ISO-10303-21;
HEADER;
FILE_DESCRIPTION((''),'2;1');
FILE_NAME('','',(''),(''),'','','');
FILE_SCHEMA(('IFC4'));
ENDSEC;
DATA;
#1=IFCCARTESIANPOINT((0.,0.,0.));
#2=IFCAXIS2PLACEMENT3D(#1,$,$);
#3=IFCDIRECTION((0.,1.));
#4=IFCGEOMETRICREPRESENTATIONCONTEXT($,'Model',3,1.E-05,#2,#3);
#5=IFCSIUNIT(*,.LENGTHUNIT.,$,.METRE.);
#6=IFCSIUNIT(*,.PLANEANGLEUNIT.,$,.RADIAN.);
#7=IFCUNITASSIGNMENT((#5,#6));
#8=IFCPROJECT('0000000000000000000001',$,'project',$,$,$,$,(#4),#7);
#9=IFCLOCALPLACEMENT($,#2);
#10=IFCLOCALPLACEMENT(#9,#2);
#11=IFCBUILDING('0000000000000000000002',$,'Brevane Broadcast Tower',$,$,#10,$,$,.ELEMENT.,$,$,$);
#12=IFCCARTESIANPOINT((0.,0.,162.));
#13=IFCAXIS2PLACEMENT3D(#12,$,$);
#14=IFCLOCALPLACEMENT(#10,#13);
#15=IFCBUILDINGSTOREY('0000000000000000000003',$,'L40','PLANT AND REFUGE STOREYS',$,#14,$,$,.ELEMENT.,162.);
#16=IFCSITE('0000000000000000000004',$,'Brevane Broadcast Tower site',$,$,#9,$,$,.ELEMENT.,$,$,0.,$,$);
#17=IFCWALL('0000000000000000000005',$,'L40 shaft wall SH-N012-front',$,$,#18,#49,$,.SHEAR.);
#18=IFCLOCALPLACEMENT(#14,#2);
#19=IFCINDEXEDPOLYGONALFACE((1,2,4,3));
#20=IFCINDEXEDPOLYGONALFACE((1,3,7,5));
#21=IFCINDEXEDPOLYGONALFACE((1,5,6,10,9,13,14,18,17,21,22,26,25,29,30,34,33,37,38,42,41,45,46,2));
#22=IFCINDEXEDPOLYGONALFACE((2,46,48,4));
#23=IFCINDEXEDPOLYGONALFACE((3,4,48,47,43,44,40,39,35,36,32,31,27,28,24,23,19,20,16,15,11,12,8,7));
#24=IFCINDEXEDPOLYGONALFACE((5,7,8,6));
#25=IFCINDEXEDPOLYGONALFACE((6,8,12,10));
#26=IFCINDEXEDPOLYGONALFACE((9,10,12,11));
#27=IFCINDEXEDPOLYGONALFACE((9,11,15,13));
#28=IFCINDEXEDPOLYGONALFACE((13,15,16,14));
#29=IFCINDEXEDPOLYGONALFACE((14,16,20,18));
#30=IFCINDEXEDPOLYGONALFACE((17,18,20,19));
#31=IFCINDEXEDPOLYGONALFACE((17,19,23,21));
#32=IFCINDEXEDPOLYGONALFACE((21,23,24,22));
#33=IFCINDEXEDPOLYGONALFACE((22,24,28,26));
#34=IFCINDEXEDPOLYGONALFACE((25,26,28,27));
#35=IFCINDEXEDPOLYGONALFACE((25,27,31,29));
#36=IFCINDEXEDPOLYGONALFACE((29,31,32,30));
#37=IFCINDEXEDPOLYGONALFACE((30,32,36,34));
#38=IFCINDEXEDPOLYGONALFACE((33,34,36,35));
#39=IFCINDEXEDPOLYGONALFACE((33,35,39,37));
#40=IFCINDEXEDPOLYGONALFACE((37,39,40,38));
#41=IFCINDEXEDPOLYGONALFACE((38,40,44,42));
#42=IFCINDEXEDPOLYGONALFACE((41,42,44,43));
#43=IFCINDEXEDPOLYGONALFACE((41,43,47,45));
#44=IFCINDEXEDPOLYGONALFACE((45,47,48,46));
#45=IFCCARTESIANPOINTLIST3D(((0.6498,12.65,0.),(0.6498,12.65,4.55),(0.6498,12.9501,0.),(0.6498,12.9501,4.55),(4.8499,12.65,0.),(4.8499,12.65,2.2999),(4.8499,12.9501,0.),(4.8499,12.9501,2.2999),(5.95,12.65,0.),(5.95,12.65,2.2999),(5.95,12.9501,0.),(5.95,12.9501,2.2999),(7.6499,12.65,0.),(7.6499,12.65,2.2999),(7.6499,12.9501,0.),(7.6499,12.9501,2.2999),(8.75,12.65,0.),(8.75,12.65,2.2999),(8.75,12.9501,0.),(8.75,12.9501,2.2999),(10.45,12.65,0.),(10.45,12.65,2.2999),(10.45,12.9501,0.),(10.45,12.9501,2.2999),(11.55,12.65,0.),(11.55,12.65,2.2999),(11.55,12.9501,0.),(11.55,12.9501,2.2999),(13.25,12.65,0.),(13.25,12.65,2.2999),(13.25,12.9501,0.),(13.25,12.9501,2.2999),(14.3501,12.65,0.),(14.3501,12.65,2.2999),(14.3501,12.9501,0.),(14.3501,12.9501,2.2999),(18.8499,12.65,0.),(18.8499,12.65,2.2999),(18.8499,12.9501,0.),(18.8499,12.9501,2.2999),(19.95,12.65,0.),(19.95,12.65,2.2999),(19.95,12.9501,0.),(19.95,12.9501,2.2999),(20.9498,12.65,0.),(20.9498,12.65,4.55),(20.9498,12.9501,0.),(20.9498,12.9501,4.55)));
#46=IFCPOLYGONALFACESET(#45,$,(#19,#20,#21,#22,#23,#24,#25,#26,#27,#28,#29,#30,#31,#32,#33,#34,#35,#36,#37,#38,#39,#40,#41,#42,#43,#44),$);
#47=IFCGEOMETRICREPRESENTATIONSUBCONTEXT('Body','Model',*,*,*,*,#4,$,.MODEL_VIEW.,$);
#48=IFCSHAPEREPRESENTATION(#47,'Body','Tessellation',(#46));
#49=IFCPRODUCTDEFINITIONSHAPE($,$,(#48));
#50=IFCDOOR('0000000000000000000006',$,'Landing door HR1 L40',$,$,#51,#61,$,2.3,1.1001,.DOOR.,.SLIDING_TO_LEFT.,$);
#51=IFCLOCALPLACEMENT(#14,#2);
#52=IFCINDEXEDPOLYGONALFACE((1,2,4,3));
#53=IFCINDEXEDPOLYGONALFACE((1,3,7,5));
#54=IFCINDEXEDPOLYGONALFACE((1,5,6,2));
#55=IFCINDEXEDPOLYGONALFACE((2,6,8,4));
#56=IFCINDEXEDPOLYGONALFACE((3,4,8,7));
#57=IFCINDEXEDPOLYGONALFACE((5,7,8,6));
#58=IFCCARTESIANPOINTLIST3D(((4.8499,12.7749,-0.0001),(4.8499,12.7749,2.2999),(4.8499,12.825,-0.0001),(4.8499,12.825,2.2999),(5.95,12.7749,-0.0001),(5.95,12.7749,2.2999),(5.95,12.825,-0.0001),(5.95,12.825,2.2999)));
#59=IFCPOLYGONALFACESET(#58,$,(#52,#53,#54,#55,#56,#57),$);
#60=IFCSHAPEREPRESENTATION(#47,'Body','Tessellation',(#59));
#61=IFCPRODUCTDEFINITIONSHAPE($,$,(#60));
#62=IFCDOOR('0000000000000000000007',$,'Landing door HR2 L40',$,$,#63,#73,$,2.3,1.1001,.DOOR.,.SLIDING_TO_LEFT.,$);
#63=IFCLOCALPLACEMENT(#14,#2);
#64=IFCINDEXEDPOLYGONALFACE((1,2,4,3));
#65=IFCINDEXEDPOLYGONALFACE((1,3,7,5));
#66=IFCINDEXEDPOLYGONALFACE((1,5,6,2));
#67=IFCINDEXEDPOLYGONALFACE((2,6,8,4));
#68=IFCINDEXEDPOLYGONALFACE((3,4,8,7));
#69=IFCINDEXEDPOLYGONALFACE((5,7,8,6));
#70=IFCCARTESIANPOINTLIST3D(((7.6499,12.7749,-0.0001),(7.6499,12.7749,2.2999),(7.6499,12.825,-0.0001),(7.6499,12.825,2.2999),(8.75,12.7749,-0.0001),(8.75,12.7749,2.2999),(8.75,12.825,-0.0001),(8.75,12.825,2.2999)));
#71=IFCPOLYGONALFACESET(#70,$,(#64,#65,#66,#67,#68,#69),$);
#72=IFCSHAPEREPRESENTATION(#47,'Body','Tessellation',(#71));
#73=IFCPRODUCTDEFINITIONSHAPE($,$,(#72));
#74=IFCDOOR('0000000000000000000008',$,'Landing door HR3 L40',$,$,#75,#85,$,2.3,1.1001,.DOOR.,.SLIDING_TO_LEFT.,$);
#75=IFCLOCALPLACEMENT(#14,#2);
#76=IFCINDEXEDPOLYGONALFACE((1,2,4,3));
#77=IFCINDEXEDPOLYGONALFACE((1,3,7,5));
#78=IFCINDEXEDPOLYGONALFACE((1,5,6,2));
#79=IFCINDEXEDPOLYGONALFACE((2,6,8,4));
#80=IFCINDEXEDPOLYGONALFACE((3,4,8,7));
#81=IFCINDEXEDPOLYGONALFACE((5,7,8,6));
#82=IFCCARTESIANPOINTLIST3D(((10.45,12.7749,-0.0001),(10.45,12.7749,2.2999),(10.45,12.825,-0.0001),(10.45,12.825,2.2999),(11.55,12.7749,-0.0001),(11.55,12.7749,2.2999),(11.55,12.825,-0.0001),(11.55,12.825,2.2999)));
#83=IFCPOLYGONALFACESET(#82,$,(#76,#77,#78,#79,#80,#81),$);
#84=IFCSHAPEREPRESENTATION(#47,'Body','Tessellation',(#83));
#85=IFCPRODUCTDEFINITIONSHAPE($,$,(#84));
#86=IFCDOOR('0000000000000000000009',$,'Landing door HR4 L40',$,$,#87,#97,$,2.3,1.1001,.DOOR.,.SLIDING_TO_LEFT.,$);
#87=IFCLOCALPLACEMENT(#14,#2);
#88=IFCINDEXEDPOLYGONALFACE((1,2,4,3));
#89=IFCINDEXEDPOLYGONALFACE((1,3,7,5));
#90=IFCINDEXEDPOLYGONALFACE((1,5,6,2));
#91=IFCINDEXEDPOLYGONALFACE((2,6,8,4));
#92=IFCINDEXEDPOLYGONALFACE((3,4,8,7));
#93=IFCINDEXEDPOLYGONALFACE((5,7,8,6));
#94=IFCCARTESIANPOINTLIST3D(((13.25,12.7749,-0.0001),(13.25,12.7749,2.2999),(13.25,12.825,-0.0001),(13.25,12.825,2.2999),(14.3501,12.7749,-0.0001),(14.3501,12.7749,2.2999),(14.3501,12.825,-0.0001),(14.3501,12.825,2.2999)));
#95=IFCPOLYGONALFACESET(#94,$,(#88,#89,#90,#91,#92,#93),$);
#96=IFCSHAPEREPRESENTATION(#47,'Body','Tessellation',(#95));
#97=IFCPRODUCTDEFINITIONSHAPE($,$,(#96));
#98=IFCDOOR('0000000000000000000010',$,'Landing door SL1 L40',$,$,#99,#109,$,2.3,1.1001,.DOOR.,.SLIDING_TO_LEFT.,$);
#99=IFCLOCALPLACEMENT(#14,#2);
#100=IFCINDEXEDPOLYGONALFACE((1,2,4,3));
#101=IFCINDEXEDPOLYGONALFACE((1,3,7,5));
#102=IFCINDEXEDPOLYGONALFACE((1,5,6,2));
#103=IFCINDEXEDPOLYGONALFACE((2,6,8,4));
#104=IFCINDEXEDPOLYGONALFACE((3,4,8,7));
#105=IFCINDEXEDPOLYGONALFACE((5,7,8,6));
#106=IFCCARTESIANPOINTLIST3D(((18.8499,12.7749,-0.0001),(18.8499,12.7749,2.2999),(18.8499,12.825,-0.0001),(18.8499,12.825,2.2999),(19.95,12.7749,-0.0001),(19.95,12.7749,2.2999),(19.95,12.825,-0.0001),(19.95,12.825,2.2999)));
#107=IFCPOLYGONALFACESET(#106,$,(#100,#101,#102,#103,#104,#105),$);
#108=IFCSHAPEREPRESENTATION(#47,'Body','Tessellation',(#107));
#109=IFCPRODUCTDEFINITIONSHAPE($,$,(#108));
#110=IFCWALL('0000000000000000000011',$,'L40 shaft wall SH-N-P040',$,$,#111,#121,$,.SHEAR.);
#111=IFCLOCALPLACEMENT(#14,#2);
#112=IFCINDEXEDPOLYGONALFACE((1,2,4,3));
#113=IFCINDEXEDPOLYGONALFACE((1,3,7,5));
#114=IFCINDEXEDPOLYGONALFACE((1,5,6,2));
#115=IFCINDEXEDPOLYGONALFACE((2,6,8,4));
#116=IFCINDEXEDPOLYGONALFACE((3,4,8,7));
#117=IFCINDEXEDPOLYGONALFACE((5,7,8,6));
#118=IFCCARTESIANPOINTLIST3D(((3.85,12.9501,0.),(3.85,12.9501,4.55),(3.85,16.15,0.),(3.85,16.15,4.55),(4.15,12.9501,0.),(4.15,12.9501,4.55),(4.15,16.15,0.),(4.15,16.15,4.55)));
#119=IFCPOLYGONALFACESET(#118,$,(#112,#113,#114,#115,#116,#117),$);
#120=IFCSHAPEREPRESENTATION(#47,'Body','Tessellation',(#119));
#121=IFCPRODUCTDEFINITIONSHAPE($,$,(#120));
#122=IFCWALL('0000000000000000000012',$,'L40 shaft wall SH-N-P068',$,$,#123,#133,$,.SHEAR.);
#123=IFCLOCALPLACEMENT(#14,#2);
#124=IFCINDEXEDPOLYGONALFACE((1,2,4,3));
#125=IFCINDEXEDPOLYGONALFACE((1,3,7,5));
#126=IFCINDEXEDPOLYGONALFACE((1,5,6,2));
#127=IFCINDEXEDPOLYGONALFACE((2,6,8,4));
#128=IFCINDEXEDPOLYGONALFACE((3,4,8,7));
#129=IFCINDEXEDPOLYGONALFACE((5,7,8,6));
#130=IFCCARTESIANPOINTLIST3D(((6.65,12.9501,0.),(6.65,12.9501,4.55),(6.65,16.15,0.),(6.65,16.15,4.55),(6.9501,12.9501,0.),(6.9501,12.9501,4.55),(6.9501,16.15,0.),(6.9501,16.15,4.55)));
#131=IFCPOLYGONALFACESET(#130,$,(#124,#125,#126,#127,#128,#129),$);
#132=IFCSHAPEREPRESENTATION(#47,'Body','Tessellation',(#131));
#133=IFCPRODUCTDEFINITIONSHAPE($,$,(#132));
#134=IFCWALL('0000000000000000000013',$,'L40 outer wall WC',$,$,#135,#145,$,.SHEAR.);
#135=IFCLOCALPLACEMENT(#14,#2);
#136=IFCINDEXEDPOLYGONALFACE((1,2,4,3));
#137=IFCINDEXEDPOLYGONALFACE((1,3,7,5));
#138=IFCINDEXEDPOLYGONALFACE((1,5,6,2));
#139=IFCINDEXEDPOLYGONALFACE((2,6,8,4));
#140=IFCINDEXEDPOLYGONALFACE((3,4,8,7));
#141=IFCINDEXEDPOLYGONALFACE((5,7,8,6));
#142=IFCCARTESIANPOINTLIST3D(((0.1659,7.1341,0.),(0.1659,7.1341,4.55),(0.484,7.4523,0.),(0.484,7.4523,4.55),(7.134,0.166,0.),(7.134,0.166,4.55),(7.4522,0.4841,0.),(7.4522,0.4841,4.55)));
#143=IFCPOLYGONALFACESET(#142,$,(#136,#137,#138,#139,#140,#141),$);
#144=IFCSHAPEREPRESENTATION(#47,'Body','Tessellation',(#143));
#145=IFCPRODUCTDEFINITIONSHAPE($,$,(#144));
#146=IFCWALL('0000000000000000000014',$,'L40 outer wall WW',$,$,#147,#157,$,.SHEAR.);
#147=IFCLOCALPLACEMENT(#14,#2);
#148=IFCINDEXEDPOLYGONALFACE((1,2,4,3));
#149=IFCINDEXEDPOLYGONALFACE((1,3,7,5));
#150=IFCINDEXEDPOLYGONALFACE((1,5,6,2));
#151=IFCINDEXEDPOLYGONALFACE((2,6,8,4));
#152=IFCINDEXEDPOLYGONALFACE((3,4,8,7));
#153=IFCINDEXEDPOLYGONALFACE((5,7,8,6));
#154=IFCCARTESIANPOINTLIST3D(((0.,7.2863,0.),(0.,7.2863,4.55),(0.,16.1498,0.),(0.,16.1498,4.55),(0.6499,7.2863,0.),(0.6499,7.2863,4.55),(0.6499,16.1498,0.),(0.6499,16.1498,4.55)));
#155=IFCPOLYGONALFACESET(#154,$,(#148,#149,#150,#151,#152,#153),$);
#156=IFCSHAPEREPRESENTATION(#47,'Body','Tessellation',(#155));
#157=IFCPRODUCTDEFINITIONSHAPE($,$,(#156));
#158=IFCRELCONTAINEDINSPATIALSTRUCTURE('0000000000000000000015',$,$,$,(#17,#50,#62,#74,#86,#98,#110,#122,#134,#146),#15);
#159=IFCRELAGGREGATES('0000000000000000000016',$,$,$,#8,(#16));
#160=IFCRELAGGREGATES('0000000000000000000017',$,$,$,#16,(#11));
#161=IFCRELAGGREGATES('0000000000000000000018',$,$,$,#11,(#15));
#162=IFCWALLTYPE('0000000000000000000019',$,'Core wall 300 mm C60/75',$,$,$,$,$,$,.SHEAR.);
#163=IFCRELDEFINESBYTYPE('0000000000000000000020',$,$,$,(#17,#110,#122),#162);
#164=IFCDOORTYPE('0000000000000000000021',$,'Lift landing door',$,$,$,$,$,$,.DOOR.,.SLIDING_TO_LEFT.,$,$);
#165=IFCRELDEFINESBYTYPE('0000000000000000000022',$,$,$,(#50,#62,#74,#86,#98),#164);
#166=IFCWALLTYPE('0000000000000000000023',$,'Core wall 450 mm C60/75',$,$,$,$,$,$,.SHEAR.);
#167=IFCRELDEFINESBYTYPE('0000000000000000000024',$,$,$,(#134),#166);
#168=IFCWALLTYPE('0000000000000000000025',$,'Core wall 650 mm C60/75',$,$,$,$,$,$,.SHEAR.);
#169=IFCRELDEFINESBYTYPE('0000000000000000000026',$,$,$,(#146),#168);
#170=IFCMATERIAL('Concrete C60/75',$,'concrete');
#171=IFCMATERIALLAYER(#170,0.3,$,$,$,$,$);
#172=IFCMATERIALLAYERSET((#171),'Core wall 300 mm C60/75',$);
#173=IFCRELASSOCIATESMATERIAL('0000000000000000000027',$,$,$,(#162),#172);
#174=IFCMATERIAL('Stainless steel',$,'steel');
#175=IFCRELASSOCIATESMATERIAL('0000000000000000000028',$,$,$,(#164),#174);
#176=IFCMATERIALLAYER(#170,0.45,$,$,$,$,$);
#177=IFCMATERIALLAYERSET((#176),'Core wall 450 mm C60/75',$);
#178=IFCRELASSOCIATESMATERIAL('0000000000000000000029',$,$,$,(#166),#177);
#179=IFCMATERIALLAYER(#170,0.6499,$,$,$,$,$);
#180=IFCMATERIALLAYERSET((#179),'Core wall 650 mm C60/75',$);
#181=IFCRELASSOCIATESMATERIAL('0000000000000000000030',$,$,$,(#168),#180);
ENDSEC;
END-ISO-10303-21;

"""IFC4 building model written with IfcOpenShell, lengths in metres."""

from ifc_helpers import new_model, si_unit, direction, frame, frame_2d, origin, place, context, subcontext, project, spatial, rectangle, extrude, material, layer, layer_set, type_object, element, fill, save


model = new_model("IFC4")

# Units and contexts
model_context = context("Model", 3, precision=1e-05, world=origin(), true_north=direction((0.0, 1.0)))
body_context = subcontext(model_context, "Body", "Model", "MODEL_VIEW")
ifc_project = project(units=[si_unit("LENGTHUNIT", "METRE"), si_unit("PLANEANGLEUNIT", "RADIAN")], contexts=[model_context])

# Site, building, storey
site_placement = place(None, origin())
site = spatial("IfcSite", under=ifc_project, at=site_placement, Name="Brevane Broadcast Tower site", CompositionType="ELEMENT", RefElevation=0.0)
building_placement = place(site_placement, origin())
building = spatial("IfcBuilding", under=site, at=building_placement, Name="Brevane Broadcast Tower", CompositionType="ELEMENT")
storey_placement = place(building_placement, frame((0.0, 0.0, 162.0)))
storey = spatial("IfcBuildingStorey", under=building, at=storey_placement, Name="L40", Description="PLANT AND REFUGE STOREYS", CompositionType="ELEMENT", Elevation=162.0)

# Shared definitions
ifc_material_1 = material(Name="Concrete C60/75", Category="concrete")
ifc_layer_1 = layer(ifc_material_1, 0.3)
ifc_layer_set_1 = layer_set([ifc_layer_1], Name="Core wall 300 mm C60/75")
wall_type_1 = type_object("IfcWallType", Name="Core wall 300 mm C60/75", PredefinedType="SHEAR", material=ifc_layer_set_1)

# Wall, openings, doors
wall_1_placement = place(storey_placement, frame((0.6499, 12.8, 0.0), z_axis=(0.0, 0.0, 1.0), x_axis=(1.0, 0.0, 0.0)))
wall_1 = element("IfcWall", 1, at=wall_1_placement, inside=storey, type_object=wall_type_1, Name="L40 shaft wall SH-N012-front", PredefinedType="SHEAR", context=body_context, shape_type="SweptSolid", body=[
    extrude(rectangle(XDim=20.3, YDim=0.3, at=frame_2d((10.1499, 0.0))), origin(), (0.0, 0.0, 1.0), 4.55),
])
opening_1_placement = place(wall_1_placement, frame((4.2, 0.0, 0.0)))
opening_1 = element("IfcOpeningElement", 2, at=opening_1_placement, cuts=wall_1, PredefinedType="OPENING", context=body_context, shape_type="SweptSolid", body=[
    extrude(rectangle(XDim=1.1001, YDim=2.3, at=frame_2d((0.55, 1.1499))), frame((0.0, 0.1599, 0.0), z_axis=(0.0, -1.0, 0.0), x_axis=(1.0, 0.0, 0.0)), (0.0, 0.0, 1.0), 0.3201),
])
opening_2_placement = place(wall_1_placement, frame((7.0, 0.0, 0.0)))
opening_2 = element("IfcOpeningElement", 3, at=opening_2_placement, cuts=wall_1, PredefinedType="OPENING", context=body_context, shape_type="SweptSolid", body=[
    extrude(rectangle(XDim=1.1001, YDim=2.3, at=frame_2d((0.55, 1.1499))), frame((0.0, 0.1599, 0.0), z_axis=(0.0, -1.0, 0.0), x_axis=(1.0, 0.0, 0.0)), (0.0, 0.0, 1.0), 0.3201),
])
opening_3_placement = place(wall_1_placement, frame((9.8, 0.0, 0.0)))
opening_3 = element("IfcOpeningElement", 4, at=opening_3_placement, cuts=wall_1, PredefinedType="OPENING", context=body_context, shape_type="SweptSolid", body=[
    extrude(rectangle(XDim=1.1001, YDim=2.3, at=frame_2d((0.55, 1.1499))), frame((0.0, 0.1599, 0.0), z_axis=(0.0, -1.0, 0.0), x_axis=(1.0, 0.0, 0.0)), (0.0, 0.0, 1.0), 0.3201),
])
opening_4_placement = place(wall_1_placement, frame((12.6001, 0.0, 0.0)))
opening_4 = element("IfcOpeningElement", 5, at=opening_4_placement, cuts=wall_1, PredefinedType="OPENING", context=body_context, shape_type="SweptSolid", body=[
    extrude(rectangle(XDim=1.1001, YDim=2.3, at=frame_2d((0.55, 1.1499))), frame((0.0, 0.1599, 0.0), z_axis=(0.0, -1.0, 0.0), x_axis=(1.0, 0.0, 0.0)), (0.0, 0.0, 1.0), 0.3201),
])
opening_5_placement = place(wall_1_placement, frame((18.2, 0.0, 0.0)))
opening_5 = element("IfcOpeningElement", 6, at=opening_5_placement, cuts=wall_1, PredefinedType="OPENING", context=body_context, shape_type="SweptSolid", body=[
    extrude(rectangle(XDim=1.1001, YDim=2.3, at=frame_2d((0.55, 1.1499))), frame((0.0, 0.1599, 0.0), z_axis=(0.0, -1.0, 0.0), x_axis=(1.0, 0.0, 0.0)), (0.0, 0.0, 1.0), 0.3201),
])
ifc_material_2 = material(Name="Stainless steel", Category="steel")
door_type_1 = type_object("IfcDoorType", Name="Lift landing door", OperationType="SLIDING_TO_LEFT", PredefinedType="DOOR", material=ifc_material_2)
door_1_placement = place(opening_1_placement, origin())
door_1 = element("IfcDoor", 7, at=door_1_placement, inside=storey, type_object=door_type_1, Name="Landing door HR1 L40", OperationType="SLIDING_TO_LEFT", OverallHeight=2.3, OverallWidth=1.1001, PredefinedType="DOOR", context=body_context, shape_type="SweptSolid", body=[
    extrude(rectangle(XDim=1.1001, YDim=2.3, at=frame_2d((0.55, 1.1499))), frame((0.0, 0.0249, 0.0), z_axis=(0.0, -1.0, 0.0), x_axis=(1.0, 0.0, 0.0)), (0.0, 0.0, 1.0), 0.05),
])
fill(opening_1, door_1)
door_2_placement = place(opening_2_placement, origin())
door_2 = element("IfcDoor", 8, at=door_2_placement, inside=storey, type_object=door_type_1, Name="Landing door HR2 L40", OperationType="SLIDING_TO_LEFT", OverallHeight=2.3, OverallWidth=1.1001, PredefinedType="DOOR", context=body_context, shape_type="SweptSolid", body=[
    extrude(rectangle(XDim=1.1001, YDim=2.3, at=frame_2d((0.55, 1.1499))), frame((0.0, 0.0249, 0.0), z_axis=(0.0, -1.0, 0.0), x_axis=(1.0, 0.0, 0.0)), (0.0, 0.0, 1.0), 0.05),
])
fill(opening_2, door_2)
door_3_placement = place(opening_3_placement, origin())
door_3 = element("IfcDoor", 9, at=door_3_placement, inside=storey, type_object=door_type_1, Name="Landing door HR3 L40", OperationType="SLIDING_TO_LEFT", OverallHeight=2.3, OverallWidth=1.1001, PredefinedType="DOOR", context=body_context, shape_type="SweptSolid", body=[
    extrude(rectangle(XDim=1.1001, YDim=2.3, at=frame_2d((0.55, 1.1499))), frame((0.0, 0.0249, 0.0), z_axis=(0.0, -1.0, 0.0), x_axis=(1.0, 0.0, 0.0)), (0.0, 0.0, 1.0), 0.05),
])
fill(opening_3, door_3)
door_4_placement = place(opening_4_placement, origin())
door_4 = element("IfcDoor", 10, at=door_4_placement, inside=storey, type_object=door_type_1, Name="Landing door HR4 L40", OperationType="SLIDING_TO_LEFT", OverallHeight=2.3, OverallWidth=1.1001, PredefinedType="DOOR", context=body_context, shape_type="SweptSolid", body=[
    extrude(rectangle(XDim=1.1001, YDim=2.3, at=frame_2d((0.55, 1.1499))), frame((0.0, 0.0249, 0.0), z_axis=(0.0, -1.0, 0.0), x_axis=(1.0, 0.0, 0.0)), (0.0, 0.0, 1.0), 0.05),
])
fill(opening_4, door_4)
door_5_placement = place(opening_5_placement, origin())
door_5 = element("IfcDoor", 11, at=door_5_placement, inside=storey, type_object=door_type_1, Name="Landing door SL1 L40", OperationType="SLIDING_TO_LEFT", OverallHeight=2.3, OverallWidth=1.1001, PredefinedType="DOOR", context=body_context, shape_type="SweptSolid", body=[
    extrude(rectangle(XDim=1.1001, YDim=2.3, at=frame_2d((0.55, 1.1499))), frame((0.0, 0.0249, 0.0), z_axis=(0.0, -1.0, 0.0), x_axis=(1.0, 0.0, 0.0)), (0.0, 0.0, 1.0), 0.05),
])
fill(opening_5, door_5)

# Walls
for number, where, z_axis, x_axis, name in (
    (12, (4.0, 12.95, 0.0), (0.0, 0.0, 1.0), (0.0, 1.0, 0.0), "L40 shaft wall SH-N-P040"),
    (13, (6.8, 12.95, 0.0), (0.0, 0.0, 1.0), (0.0, 1.0, 0.0), "L40 shaft wall SH-N-P068"),
):
    element("IfcWall", number, at=place(storey_placement, frame(where, z_axis=z_axis, x_axis=x_axis)), inside=storey, type_object=wall_type_1, Name=name, PredefinedType="SHEAR", context=body_context, shape_type="SweptSolid", body=[
        extrude(rectangle(XDim=3.2, YDim=0.3, at=frame_2d((1.6001, 0.0))), origin(), (0.0, 0.0, 1.0), 4.55),
    ])
ifc_layer_2 = layer(ifc_material_1, 0.45)
ifc_layer_set_2 = layer_set([ifc_layer_2], Name="Core wall 450 mm C60/75")
wall_type_2 = type_object("IfcWallType", Name="Core wall 450 mm C60/75", PredefinedType="SHEAR", material=ifc_layer_set_2)
wall_2_placement = place(storey_placement, frame((0.325, 7.2932, 0.0), z_axis=(0.0, 0.0, 1.0), x_axis=(0.707107, -0.707107, 0.0)))
element("IfcWall", 14, at=wall_2_placement, inside=storey, type_object=wall_type_2, Name="L40 outer wall WC", PredefinedType="SHEAR", context=body_context, shape_type="SweptSolid", body=[
    extrude(rectangle(XDim=9.8545, YDim=0.45, at=frame_2d((4.9272, 0.0))), origin(), (0.0, 0.0, 1.0), 4.55),
])
ifc_layer_3 = layer(ifc_material_1, 0.6499)
ifc_layer_set_3 = layer_set([ifc_layer_3], Name="Core wall 650 mm C60/75")
wall_type_3 = type_object("IfcWallType", Name="Core wall 650 mm C60/75", PredefinedType="SHEAR", material=ifc_layer_set_3)
wall_3_placement = place(storey_placement, frame((0.325, 7.2864, 0.0), z_axis=(0.0, 0.0, 1.0), x_axis=(0.0, 1.0, 0.0)))
element("IfcWall", 15, at=wall_3_placement, inside=storey, type_object=wall_type_3, Name="L40 outer wall WW", PredefinedType="SHEAR", context=body_context, shape_type="SweptSolid", body=[
    extrude(rectangle(XDim=8.8635, YDim=0.6499, at=frame_2d((4.4316, 0.0))), origin(), (0.0, 0.0, 1.0), 4.55),
])

save(model, "model.ifc")
